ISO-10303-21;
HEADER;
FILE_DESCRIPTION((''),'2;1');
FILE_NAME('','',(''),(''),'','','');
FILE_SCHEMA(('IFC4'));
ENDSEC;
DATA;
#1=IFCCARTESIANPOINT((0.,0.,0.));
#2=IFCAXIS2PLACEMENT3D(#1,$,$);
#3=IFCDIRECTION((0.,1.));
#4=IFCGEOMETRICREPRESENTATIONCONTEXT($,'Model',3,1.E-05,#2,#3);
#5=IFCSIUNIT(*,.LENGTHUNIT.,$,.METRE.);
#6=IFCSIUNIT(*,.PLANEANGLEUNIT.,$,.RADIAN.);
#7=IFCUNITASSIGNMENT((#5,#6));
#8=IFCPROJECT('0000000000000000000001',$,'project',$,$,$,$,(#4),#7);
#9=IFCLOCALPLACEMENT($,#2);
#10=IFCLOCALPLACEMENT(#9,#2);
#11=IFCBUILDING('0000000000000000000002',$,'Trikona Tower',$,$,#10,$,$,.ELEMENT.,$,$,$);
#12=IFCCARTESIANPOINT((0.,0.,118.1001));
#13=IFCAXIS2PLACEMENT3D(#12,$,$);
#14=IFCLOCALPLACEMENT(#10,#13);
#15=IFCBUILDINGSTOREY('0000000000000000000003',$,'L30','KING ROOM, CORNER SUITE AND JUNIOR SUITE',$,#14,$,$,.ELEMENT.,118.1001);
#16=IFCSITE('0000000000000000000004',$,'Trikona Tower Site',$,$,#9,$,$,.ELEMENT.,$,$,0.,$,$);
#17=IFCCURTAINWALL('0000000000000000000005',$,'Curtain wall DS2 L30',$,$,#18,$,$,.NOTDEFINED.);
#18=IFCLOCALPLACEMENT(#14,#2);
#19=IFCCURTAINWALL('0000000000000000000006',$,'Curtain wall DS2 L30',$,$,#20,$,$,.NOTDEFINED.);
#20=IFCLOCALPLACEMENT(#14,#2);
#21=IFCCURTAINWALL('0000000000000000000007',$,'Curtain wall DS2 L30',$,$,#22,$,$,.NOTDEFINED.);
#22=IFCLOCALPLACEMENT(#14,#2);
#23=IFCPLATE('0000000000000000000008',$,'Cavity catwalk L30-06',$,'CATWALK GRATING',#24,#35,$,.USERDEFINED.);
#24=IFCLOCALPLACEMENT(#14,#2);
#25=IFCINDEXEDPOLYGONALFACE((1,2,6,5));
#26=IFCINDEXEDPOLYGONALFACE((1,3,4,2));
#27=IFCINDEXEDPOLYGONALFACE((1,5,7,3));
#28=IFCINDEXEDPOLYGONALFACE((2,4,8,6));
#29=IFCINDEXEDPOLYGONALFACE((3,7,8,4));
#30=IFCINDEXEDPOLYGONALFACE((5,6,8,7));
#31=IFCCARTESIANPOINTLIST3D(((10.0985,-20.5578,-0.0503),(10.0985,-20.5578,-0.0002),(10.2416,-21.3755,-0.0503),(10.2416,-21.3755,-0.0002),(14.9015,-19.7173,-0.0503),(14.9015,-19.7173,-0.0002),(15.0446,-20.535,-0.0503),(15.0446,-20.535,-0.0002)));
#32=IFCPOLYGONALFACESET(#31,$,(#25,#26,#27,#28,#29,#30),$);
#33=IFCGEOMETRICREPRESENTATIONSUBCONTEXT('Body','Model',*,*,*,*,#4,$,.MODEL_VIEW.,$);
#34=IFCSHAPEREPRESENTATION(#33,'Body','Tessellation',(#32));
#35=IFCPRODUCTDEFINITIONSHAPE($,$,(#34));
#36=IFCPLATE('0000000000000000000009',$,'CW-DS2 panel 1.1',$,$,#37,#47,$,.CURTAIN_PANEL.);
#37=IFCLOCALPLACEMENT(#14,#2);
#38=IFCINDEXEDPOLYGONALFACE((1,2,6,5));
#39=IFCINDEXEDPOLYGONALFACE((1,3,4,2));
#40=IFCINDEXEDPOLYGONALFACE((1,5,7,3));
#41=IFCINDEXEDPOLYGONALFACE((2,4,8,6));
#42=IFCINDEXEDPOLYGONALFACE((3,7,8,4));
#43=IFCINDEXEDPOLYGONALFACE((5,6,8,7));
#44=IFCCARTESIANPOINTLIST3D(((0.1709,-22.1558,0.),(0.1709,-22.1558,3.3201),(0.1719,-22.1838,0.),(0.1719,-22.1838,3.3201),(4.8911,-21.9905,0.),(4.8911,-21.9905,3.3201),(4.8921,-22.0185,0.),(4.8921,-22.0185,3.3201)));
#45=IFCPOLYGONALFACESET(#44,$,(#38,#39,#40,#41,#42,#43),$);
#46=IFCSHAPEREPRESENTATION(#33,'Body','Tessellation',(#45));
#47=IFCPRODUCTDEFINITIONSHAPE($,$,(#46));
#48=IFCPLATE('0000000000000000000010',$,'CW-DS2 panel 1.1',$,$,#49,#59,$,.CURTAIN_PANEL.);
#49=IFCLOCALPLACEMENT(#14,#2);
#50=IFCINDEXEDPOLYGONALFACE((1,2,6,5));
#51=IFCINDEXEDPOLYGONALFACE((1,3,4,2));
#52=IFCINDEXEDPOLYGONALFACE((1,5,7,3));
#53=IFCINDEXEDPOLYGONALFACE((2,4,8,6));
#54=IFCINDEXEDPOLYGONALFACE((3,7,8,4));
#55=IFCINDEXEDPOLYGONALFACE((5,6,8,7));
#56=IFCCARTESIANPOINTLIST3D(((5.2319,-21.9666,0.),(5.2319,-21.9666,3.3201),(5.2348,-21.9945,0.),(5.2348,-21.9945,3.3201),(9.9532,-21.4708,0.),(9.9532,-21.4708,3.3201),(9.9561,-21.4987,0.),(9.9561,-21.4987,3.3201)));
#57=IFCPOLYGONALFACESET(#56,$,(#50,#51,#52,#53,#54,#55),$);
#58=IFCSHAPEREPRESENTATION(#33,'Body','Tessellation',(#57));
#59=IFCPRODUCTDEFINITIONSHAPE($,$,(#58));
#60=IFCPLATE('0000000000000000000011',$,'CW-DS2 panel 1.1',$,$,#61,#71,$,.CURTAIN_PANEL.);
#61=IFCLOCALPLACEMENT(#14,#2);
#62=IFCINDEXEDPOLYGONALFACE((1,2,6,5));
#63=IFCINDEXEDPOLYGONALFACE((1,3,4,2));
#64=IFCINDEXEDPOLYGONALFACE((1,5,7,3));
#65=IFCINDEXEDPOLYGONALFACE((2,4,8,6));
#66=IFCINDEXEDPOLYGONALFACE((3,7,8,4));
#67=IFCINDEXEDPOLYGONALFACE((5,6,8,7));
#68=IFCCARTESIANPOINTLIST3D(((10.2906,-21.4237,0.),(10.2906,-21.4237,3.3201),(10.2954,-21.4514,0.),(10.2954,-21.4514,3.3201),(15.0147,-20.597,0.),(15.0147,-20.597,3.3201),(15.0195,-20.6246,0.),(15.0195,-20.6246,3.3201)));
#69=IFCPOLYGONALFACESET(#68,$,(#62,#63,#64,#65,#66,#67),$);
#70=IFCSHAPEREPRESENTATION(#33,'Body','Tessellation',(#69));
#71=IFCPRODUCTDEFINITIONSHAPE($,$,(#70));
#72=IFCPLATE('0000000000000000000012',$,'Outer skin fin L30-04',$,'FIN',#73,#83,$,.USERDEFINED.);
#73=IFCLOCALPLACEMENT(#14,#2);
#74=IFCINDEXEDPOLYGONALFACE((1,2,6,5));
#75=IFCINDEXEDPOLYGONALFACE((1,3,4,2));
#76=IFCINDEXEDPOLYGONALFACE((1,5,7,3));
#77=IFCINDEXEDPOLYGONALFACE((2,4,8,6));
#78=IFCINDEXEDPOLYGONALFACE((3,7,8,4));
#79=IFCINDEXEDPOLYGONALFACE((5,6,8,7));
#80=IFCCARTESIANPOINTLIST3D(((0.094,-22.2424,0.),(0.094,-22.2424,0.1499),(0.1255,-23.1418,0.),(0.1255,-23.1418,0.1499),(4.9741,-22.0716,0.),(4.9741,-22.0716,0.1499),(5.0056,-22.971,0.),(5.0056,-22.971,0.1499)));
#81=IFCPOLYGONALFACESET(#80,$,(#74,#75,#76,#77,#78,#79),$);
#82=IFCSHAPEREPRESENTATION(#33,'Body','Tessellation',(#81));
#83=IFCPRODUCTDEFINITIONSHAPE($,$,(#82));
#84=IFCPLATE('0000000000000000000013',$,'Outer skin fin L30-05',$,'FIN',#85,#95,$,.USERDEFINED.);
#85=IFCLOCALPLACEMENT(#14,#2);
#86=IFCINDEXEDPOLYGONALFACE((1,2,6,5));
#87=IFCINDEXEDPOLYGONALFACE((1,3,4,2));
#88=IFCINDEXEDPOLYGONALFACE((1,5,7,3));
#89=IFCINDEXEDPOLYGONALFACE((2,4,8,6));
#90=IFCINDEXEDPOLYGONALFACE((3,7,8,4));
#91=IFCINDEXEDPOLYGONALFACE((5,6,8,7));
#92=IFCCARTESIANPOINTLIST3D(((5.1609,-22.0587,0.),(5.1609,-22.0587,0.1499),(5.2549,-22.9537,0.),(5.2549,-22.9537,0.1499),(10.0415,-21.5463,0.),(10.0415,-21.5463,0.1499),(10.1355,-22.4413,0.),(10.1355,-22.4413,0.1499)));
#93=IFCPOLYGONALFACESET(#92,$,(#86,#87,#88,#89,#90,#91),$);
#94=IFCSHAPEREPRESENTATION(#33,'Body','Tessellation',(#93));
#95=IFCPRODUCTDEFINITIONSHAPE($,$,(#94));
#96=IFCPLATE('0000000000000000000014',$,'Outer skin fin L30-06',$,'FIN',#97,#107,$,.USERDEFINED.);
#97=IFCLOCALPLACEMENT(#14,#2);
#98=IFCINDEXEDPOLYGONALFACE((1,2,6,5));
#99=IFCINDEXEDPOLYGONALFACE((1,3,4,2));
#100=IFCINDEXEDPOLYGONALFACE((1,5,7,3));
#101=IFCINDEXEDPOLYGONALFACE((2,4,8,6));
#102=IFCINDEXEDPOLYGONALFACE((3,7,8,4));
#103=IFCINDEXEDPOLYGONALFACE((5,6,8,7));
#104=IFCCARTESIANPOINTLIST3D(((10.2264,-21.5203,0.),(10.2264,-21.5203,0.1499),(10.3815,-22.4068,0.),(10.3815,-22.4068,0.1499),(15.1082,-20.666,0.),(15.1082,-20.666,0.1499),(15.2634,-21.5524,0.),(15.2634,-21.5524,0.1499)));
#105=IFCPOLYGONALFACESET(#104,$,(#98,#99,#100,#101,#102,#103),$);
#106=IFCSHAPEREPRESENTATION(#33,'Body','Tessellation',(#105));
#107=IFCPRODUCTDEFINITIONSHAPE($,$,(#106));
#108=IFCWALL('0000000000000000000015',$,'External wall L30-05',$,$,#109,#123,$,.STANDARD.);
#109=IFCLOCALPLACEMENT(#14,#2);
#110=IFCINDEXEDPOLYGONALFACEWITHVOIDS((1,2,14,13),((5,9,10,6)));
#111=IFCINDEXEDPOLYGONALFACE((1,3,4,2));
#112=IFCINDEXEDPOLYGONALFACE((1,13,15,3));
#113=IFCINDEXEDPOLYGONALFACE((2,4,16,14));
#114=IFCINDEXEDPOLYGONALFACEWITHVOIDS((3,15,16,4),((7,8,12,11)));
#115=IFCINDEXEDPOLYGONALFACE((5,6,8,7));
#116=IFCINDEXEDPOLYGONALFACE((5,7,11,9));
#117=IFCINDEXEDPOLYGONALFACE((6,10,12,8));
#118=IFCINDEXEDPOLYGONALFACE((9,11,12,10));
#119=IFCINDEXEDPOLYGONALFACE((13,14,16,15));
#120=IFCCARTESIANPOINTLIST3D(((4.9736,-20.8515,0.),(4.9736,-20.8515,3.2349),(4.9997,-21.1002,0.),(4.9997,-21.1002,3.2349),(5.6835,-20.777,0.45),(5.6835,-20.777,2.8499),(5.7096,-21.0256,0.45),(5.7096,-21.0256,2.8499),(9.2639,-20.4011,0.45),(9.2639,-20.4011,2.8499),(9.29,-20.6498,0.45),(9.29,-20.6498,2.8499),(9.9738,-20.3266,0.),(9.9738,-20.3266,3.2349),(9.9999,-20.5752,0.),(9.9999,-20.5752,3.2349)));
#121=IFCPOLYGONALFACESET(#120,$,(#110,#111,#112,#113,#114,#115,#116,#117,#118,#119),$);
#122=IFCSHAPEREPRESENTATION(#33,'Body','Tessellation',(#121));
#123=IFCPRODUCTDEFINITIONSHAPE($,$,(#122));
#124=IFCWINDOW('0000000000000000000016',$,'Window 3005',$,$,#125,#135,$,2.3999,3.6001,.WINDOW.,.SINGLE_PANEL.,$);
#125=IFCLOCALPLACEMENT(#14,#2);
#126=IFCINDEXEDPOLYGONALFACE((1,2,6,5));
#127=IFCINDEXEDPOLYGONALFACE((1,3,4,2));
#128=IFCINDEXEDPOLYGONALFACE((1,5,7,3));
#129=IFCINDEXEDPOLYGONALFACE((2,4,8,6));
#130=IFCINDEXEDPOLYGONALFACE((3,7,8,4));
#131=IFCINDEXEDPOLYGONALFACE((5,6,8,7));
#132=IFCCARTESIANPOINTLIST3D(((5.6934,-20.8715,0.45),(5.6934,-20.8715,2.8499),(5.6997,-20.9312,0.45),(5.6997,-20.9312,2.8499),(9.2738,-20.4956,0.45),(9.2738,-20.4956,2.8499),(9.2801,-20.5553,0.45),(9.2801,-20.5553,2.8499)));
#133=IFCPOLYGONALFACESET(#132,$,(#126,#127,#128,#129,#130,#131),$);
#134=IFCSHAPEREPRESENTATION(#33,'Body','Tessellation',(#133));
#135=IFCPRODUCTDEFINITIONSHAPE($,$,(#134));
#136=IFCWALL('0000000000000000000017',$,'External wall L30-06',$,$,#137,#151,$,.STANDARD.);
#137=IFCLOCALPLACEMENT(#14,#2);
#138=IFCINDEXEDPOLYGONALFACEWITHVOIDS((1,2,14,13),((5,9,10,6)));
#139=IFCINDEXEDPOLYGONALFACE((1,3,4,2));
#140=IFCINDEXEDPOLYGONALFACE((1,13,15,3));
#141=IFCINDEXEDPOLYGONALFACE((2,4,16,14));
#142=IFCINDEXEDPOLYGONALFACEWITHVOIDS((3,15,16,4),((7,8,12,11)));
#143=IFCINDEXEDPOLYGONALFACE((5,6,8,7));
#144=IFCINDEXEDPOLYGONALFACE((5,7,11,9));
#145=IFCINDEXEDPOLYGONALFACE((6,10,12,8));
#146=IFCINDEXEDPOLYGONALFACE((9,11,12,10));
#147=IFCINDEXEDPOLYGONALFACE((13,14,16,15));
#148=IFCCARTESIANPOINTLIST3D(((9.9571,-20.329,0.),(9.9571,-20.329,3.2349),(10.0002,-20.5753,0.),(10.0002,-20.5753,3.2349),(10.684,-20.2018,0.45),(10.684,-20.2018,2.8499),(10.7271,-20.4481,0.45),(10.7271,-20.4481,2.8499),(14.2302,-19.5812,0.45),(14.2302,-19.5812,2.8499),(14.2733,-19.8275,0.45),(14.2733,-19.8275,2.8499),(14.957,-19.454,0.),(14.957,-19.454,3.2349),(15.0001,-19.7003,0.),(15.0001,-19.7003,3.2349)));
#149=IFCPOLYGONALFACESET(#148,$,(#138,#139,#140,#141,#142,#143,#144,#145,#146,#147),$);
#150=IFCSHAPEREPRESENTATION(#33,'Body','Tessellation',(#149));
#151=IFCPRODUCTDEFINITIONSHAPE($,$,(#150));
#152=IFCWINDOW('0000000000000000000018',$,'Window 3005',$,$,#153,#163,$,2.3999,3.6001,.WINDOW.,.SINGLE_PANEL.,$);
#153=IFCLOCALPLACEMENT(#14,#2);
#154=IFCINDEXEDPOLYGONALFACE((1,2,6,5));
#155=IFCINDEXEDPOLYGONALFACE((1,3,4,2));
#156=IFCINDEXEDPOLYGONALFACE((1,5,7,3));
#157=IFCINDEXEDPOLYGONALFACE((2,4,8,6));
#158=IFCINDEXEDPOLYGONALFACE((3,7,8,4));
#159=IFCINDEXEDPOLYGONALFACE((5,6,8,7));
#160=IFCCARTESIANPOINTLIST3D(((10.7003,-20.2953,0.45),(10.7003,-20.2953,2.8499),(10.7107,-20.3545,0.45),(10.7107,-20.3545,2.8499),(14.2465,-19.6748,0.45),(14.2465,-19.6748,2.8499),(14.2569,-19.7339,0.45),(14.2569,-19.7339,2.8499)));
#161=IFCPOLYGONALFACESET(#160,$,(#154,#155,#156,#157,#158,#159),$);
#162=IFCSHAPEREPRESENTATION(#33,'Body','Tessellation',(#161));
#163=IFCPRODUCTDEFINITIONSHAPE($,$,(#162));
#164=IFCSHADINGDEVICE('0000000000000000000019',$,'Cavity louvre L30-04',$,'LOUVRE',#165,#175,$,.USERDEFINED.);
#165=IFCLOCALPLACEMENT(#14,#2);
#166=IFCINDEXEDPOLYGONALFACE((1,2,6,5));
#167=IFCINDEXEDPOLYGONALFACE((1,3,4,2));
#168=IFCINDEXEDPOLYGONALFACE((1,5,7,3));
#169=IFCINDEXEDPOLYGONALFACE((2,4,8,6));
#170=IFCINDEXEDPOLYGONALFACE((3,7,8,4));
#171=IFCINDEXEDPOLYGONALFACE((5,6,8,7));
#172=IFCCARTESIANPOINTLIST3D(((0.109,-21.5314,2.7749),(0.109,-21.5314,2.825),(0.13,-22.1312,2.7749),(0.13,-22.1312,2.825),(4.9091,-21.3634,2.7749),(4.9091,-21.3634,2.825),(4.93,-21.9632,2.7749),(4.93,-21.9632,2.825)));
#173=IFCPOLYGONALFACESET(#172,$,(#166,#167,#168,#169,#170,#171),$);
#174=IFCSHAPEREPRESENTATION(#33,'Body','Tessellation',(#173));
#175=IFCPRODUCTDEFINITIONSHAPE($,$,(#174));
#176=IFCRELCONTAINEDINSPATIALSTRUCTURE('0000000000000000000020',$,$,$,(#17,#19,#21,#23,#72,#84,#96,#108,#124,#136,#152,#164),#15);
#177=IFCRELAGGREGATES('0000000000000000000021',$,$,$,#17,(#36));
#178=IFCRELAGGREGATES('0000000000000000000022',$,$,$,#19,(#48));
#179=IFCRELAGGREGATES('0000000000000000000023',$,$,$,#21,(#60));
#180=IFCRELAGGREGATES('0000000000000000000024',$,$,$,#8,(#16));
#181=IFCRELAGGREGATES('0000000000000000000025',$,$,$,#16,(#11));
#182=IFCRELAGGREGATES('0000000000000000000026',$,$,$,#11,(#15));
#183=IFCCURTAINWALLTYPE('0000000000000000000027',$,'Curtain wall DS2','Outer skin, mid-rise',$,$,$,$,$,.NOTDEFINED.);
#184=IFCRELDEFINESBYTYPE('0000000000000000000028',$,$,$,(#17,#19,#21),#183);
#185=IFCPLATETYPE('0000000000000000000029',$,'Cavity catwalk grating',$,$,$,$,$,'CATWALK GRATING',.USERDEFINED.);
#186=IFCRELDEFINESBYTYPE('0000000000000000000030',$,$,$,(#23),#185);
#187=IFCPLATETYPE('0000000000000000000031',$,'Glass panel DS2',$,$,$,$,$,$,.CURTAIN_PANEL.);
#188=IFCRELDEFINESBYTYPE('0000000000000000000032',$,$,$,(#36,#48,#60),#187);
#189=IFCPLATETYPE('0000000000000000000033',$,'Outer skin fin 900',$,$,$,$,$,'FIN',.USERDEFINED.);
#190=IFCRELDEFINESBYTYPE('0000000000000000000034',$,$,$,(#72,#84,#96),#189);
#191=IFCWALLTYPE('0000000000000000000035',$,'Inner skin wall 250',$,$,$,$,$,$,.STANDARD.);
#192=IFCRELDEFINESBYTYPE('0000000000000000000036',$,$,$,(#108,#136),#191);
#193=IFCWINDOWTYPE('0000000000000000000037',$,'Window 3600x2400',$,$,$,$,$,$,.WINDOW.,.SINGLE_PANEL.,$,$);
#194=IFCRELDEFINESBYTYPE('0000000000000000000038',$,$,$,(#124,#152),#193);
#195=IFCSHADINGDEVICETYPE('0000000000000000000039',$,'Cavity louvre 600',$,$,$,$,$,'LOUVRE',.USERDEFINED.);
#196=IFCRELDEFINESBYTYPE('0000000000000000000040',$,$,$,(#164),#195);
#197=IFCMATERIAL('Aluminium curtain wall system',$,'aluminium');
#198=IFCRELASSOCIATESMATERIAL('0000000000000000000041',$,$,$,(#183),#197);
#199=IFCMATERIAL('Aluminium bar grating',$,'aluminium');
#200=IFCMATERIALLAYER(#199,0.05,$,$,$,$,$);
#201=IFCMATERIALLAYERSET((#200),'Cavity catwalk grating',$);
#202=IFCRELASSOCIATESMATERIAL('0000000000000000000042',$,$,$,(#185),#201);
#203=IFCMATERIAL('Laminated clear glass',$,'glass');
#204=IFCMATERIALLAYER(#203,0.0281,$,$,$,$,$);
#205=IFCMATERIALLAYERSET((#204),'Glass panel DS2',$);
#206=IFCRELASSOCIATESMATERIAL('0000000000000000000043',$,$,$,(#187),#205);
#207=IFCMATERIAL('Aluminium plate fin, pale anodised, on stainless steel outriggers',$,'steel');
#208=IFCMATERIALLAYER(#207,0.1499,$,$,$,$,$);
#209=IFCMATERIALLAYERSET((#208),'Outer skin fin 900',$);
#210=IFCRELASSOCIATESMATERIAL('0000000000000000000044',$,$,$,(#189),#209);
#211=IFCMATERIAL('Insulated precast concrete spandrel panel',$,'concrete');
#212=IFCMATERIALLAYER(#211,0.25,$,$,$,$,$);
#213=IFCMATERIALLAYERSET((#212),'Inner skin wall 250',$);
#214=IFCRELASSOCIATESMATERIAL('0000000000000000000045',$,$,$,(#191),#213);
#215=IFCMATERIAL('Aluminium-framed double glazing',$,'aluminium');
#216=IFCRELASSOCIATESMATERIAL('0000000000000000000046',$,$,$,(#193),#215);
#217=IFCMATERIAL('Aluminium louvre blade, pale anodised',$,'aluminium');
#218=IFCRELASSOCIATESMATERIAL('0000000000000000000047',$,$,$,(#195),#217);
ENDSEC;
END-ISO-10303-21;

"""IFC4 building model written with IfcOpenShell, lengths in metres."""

from ifc_helpers import new_model, si_unit, direction, frame, frame_2d, origin, origin_2d, place, context, subcontext, project, spatial, rectangle, extrude, material, layer, layer_set, type_object, element, fill, aggregate, save


model = new_model("IFC4")

# Units and contexts
model_context = context("Model", 3, precision=1e-05, world=origin(), true_north=direction((0.0, 1.0)))
body_context = subcontext(model_context, "Body", "Model", "MODEL_VIEW")
ifc_project = project(units=[si_unit("LENGTHUNIT", "METRE"), si_unit("PLANEANGLEUNIT", "RADIAN")], contexts=[model_context])

# Site, building, storey
site_placement = place(None, origin())
site = spatial("IfcSite", under=ifc_project, at=site_placement, Name="Trikona Tower Site", CompositionType="ELEMENT", RefElevation=0.0)
building_placement = place(site_placement, origin())
building = spatial("IfcBuilding", under=site, at=building_placement, Name="Trikona Tower", CompositionType="ELEMENT")
storey_placement = place(building_placement, frame((0.0, 0.0, 118.1001)))
storey = spatial("IfcBuildingStorey", under=building, at=storey_placement, Name="L30", Description="KING ROOM, CORNER SUITE AND JUNIOR SUITE", CompositionType="ELEMENT", Elevation=118.1001)

# Curtain walls
ifc_material_1 = material(Name="Aluminium curtain wall system", Category="aluminium")
curtain_wall_type = type_object("IfcCurtainWallType", Name="Curtain wall DS2", Description="Outer skin, mid-rise", PredefinedType="NOTDEFINED", material=ifc_material_1)
curtain_wall_1_placement = place(storey_placement, origin())
curtain_wall_1 = element("IfcCurtainWall", 1, at=curtain_wall_1_placement, inside=storey, type_object=curtain_wall_type, Name="Curtain wall DS2 L30", PredefinedType="NOTDEFINED")
curtain_wall_2_placement = place(storey_placement, origin())
curtain_wall_2 = element("IfcCurtainWall", 2, at=curtain_wall_2_placement, inside=storey, type_object=curtain_wall_type, Name="Curtain wall DS2 L30", PredefinedType="NOTDEFINED")

# Curtain wall
curtain_wall_3_placement = place(storey_placement, origin())
curtain_wall_3 = element("IfcCurtainWall", 3, at=curtain_wall_3_placement, inside=storey, type_object=curtain_wall_type, Name="Curtain wall DS2 L30", PredefinedType="NOTDEFINED")

# Plate
ifc_material_2 = material(Name="Aluminium bar grating", Category="aluminium")
ifc_layer_1 = layer(ifc_material_2, 0.05)
ifc_layer_set_1 = layer_set([ifc_layer_1], Name="Cavity catwalk grating")
plate_type_1 = type_object("IfcPlateType", Name="Cavity catwalk grating", ElementType="CATWALK GRATING", PredefinedType="USERDEFINED", material=ifc_layer_set_1)
plate_1_placement = place(storey_placement, frame((12.5715, -20.5464, -0.0503), z_axis=(0.0, 0.0, 1.0), x_axis=(0.985031, 0.17238, 0.0)))
element("IfcPlate", 4, at=plate_1_placement, inside=storey, type_object=plate_type_1, Name="Cavity catwalk L30-06", ObjectType="CATWALK GRATING", PredefinedType="USERDEFINED", context=body_context, shape_type="SweptSolid", body=[
    extrude(rectangle(XDim=4.876, YDim=0.8301, at=origin_2d()), origin(), (0.0, 0.0, 1.0), 0.05),
])

# Plates
ifc_material_3 = material(Name="Laminated clear glass", Category="glass")
ifc_layer_2 = layer(ifc_material_3, 0.0281)
ifc_layer_set_2 = layer_set([ifc_layer_2], Name="Glass panel DS2")
plate_type_2 = type_object("IfcPlateType", Name="Glass panel DS2", PredefinedType="CURTAIN_PANEL", material=ifc_layer_set_2)
plate_2_placement = place(storey_placement, frame((2.5315, -22.0872, 0.0), z_axis=(0.0, 0.0, 1.0), x_axis=(0.999387, 0.034998, 0.0)))
plate_2 = element("IfcPlate", 5, at=plate_2_placement, type_object=plate_type_2, Name="CW-DS2 panel 1.1", PredefinedType="CURTAIN_PANEL", context=body_context, shape_type="SweptSolid", body=[
    extrude(rectangle(XDim=4.7231, YDim=0.0281, at=origin_2d()), origin(), (0.0, 0.0, 1.0), 3.3201),
])
aggregate(curtain_wall_1, [plate_2])
plate_3_placement = place(storey_placement, frame((7.594, -21.7327, 0.0), z_axis=(0.0, 0.0, 1.0), x_axis=(0.994532, 0.104433, 0.0)))
plate_3 = element("IfcPlate", 6, at=plate_3_placement, type_object=plate_type_2, Name="CW-DS2 panel 1.1", PredefinedType="CURTAIN_PANEL", context=body_context, shape_type="SweptSolid", body=[
    extrude(rectangle(XDim=4.7473, YDim=0.0281, at=origin_2d()), origin(), (0.0, 0.0, 1.0), 3.3201),
])
aggregate(curtain_wall_2, [plate_3])
plate_4_placement = place(storey_placement, frame((12.655, -21.0242, 0.0), z_axis=(0.0, 0.0, 1.0), x_axis=(0.985031, 0.172377, 0.0)))
plate_4 = element("IfcPlate", 7, at=plate_4_placement, type_object=plate_type_2, Name="CW-DS2 panel 1.1", PredefinedType="CURTAIN_PANEL", context=body_context, shape_type="SweptSolid", body=[
    extrude(rectangle(XDim=4.7959, YDim=0.0281, at=origin_2d()), origin(), (0.0, 0.0, 1.0), 3.3201),
])
aggregate(curtain_wall_3, [plate_4])

# Plates
ifc_material_4 = material(Name="Aluminium plate fin, pale anodised, on stainless steel outriggers", Category="steel")
ifc_layer_3 = layer(ifc_material_4, 0.1499)
ifc_layer_set_3 = layer_set([ifc_layer_3], Name="Outer skin fin 900")
plate_type_3 = type_object("IfcPlateType", Name="Outer skin fin 900", ElementType="FIN", PredefinedType="USERDEFINED", material=ifc_layer_set_3)
plate_5_placement = place(storey_placement, frame((2.5498, -22.6067, 0.0), z_axis=(0.0, 0.0, 1.0), x_axis=(0.999388, 0.034978, 0.0)))
element("IfcPlate", 8, at=plate_5_placement, inside=storey, type_object=plate_type_3, Name="Outer skin fin L30-04", ObjectType="FIN", PredefinedType="USERDEFINED", context=body_context, shape_type="SweptSolid", body=[
    extrude(rectangle(XDim=4.8831, YDim=0.8999, at=origin_2d()), origin(), (0.0, 0.0, 1.0), 0.1499),
])
plate_6_placement = place(storey_placement, frame((7.6482, -22.25, 0.0), z_axis=(0.0, 0.0, 1.0), x_axis=(0.994533, 0.104426, 0.0)))
element("IfcPlate", 9, at=plate_6_placement, inside=storey, type_object=plate_type_3, Name="Outer skin fin L30-05", ObjectType="FIN", PredefinedType="USERDEFINED", context=body_context, shape_type="SweptSolid", body=[
    extrude(rectangle(XDim=4.9075, YDim=0.8999, at=origin_2d()), origin(), (0.0, 0.0, 1.0), 0.1499),
])
plate_7_placement = place(storey_placement, frame((12.7449, -21.5364, 0.0), z_axis=(0.0, 0.0, 1.0), x_axis=(0.985031, 0.17238, 0.0)))
element("IfcPlate", 10, at=plate_7_placement, inside=storey, type_object=plate_type_3, Name="Outer skin fin L30-06", ObjectType="FIN", PredefinedType="USERDEFINED", context=body_context, shape_type="SweptSolid", body=[
    extrude(rectangle(XDim=4.9561, YDim=0.8999, at=origin_2d()), origin(), (0.0, 0.0, 1.0), 0.1499),
])

# Walls, openings, windows
ifc_material_5 = material(Name="Insulated precast concrete spandrel panel", Category="concrete")
ifc_layer_4 = layer(ifc_material_5, 0.25)
ifc_layer_set_4 = layer_set([ifc_layer_4], Name="Inner skin wall 250")
wall_type = type_object("IfcWallType", Name="Inner skin wall 250", PredefinedType="STANDARD", material=ifc_layer_set_4)
wall_1_placement = place(storey_placement, frame((4.9868, -20.9758, 0.0), z_axis=(0.0, 0.0, 1.0), x_axis=(0.994535, 0.104407, 0.0)))
wall_1 = element("IfcWall", 11, at=wall_1_placement, inside=storey, type_object=wall_type, Name="External wall L30-05", PredefinedType="STANDARD", context=body_context, shape_type="SweptSolid", body=[
    extrude(rectangle(XDim=5.0276, YDim=0.25, at=frame_2d((2.5137, 0.0))), origin(), (0.0, 0.0, 1.0), 3.2349),
])
opening_1_placement = place(wall_1_placement, frame((0.7136, 0.0, 0.45)))
opening_1 = element("IfcOpeningElement", 12, at=opening_1_placement, cuts=wall_1, PredefinedType="OPENING", context=body_context, shape_type="SweptSolid", body=[
    extrude(rectangle(XDim=3.6001, YDim=2.3999, at=frame_2d((1.8, 1.2))), frame((0.0, 0.135, 0.0), z_axis=(0.0, -1.0, 0.0), x_axis=(1.0, 0.0, 0.0)), (0.0, 0.0, 1.0), 0.27),
])
ifc_material_6 = material(Name="Aluminium-framed double glazing", Category="aluminium")
window_type = type_object("IfcWindowType", Name="Window 3600x2400", PartitioningType="SINGLE_PANEL", PredefinedType="WINDOW", material=ifc_material_6)
window_1_placement = place(opening_1_placement, origin())
window_1 = element("IfcWindow", 13, at=window_1_placement, inside=storey, type_object=window_type, Name="Window 3005", OverallHeight=2.3999, OverallWidth=3.6001, PartitioningType="SINGLE_PANEL", PredefinedType="WINDOW", context=body_context, shape_type="SweptSolid", body=[
    extrude(rectangle(XDim=3.6001, YDim=2.3999, at=frame_2d((1.8, 1.2))), frame((0.0, 0.03, 0.0), z_axis=(0.0, -1.0, 0.0), x_axis=(1.0, 0.0, 0.0)), (0.0, 0.0, 1.0), 0.0601),
])
fill(opening_1, window_1)
wall_2_placement = place(storey_placement, frame((9.9785, -20.4521, 0.0), z_axis=(0.0, 0.0, 1.0), x_axis=(0.98503, 0.17238, 0.0)))
wall_2 = element("IfcWall", 14, at=wall_2_placement, inside=storey, type_object=wall_type, Name="External wall L30-06", PredefinedType="STANDARD", context=body_context, shape_type="SweptSolid", body=[
    extrude(rectangle(XDim=5.0759, YDim=0.25, at=frame_2d((2.5381, 0.0))), origin(), (0.0, 0.0, 1.0), 3.2349),
])
opening_2_placement = place(wall_2_placement, frame((0.738, 0.0, 0.45)))
opening_2 = element("IfcOpeningElement", 15, at=opening_2_placement, cuts=wall_2, PredefinedType="OPENING", context=body_context, shape_type="SweptSolid", body=[
    extrude(rectangle(XDim=3.6001, YDim=2.3999, at=frame_2d((1.8, 1.2))), frame((0.0, 0.135, 0.0), z_axis=(0.0, -1.0, 0.0), x_axis=(1.0, 0.0, 0.0)), (0.0, 0.0, 1.0), 0.27),
])
window_2_placement = place(opening_2_placement, origin())
window_2 = element("IfcWindow", 16, at=window_2_placement, inside=storey, type_object=window_type, Name="Window 3005", OverallHeight=2.3999, OverallWidth=3.6001, PartitioningType="SINGLE_PANEL", PredefinedType="WINDOW", context=body_context, shape_type="SweptSolid", body=[
    extrude(rectangle(XDim=3.6001, YDim=2.3999, at=frame_2d((1.8, 1.2))), frame((0.0, 0.03, 0.0), z_axis=(0.0, -1.0, 0.0), x_axis=(1.0, 0.0, 0.0)), (0.0, 0.0, 1.0), 0.0601),
])
fill(opening_2, window_2)

# Shading device
ifc_material_7 = material(Name="Aluminium louvre blade, pale anodised", Category="aluminium")
shading_device_type = type_object("IfcShadingDeviceType", Name="Cavity louvre 600", ElementType="LOUVRE", PredefinedType="USERDEFINED", material=ifc_material_7)
shading_device_1_placement = place(storey_placement, frame((2.5195, -21.7473, 2.7749), z_axis=(0.0, 0.0, 1.0), x_axis=(0.999388, 0.034978, 0.0)))
element("IfcShadingDevice", 17, at=shading_device_1_placement, inside=storey, type_object=shading_device_type, Name="Cavity louvre L30-04", ObjectType="LOUVRE", PredefinedType="USERDEFINED", context=body_context, shape_type="SweptSolid", body=[
    extrude(rectangle(XDim=4.803, YDim=0.6001, at=origin_2d()), origin(), (0.0, 0.0, 1.0), 0.05),
])

save(model, "model.ifc")
